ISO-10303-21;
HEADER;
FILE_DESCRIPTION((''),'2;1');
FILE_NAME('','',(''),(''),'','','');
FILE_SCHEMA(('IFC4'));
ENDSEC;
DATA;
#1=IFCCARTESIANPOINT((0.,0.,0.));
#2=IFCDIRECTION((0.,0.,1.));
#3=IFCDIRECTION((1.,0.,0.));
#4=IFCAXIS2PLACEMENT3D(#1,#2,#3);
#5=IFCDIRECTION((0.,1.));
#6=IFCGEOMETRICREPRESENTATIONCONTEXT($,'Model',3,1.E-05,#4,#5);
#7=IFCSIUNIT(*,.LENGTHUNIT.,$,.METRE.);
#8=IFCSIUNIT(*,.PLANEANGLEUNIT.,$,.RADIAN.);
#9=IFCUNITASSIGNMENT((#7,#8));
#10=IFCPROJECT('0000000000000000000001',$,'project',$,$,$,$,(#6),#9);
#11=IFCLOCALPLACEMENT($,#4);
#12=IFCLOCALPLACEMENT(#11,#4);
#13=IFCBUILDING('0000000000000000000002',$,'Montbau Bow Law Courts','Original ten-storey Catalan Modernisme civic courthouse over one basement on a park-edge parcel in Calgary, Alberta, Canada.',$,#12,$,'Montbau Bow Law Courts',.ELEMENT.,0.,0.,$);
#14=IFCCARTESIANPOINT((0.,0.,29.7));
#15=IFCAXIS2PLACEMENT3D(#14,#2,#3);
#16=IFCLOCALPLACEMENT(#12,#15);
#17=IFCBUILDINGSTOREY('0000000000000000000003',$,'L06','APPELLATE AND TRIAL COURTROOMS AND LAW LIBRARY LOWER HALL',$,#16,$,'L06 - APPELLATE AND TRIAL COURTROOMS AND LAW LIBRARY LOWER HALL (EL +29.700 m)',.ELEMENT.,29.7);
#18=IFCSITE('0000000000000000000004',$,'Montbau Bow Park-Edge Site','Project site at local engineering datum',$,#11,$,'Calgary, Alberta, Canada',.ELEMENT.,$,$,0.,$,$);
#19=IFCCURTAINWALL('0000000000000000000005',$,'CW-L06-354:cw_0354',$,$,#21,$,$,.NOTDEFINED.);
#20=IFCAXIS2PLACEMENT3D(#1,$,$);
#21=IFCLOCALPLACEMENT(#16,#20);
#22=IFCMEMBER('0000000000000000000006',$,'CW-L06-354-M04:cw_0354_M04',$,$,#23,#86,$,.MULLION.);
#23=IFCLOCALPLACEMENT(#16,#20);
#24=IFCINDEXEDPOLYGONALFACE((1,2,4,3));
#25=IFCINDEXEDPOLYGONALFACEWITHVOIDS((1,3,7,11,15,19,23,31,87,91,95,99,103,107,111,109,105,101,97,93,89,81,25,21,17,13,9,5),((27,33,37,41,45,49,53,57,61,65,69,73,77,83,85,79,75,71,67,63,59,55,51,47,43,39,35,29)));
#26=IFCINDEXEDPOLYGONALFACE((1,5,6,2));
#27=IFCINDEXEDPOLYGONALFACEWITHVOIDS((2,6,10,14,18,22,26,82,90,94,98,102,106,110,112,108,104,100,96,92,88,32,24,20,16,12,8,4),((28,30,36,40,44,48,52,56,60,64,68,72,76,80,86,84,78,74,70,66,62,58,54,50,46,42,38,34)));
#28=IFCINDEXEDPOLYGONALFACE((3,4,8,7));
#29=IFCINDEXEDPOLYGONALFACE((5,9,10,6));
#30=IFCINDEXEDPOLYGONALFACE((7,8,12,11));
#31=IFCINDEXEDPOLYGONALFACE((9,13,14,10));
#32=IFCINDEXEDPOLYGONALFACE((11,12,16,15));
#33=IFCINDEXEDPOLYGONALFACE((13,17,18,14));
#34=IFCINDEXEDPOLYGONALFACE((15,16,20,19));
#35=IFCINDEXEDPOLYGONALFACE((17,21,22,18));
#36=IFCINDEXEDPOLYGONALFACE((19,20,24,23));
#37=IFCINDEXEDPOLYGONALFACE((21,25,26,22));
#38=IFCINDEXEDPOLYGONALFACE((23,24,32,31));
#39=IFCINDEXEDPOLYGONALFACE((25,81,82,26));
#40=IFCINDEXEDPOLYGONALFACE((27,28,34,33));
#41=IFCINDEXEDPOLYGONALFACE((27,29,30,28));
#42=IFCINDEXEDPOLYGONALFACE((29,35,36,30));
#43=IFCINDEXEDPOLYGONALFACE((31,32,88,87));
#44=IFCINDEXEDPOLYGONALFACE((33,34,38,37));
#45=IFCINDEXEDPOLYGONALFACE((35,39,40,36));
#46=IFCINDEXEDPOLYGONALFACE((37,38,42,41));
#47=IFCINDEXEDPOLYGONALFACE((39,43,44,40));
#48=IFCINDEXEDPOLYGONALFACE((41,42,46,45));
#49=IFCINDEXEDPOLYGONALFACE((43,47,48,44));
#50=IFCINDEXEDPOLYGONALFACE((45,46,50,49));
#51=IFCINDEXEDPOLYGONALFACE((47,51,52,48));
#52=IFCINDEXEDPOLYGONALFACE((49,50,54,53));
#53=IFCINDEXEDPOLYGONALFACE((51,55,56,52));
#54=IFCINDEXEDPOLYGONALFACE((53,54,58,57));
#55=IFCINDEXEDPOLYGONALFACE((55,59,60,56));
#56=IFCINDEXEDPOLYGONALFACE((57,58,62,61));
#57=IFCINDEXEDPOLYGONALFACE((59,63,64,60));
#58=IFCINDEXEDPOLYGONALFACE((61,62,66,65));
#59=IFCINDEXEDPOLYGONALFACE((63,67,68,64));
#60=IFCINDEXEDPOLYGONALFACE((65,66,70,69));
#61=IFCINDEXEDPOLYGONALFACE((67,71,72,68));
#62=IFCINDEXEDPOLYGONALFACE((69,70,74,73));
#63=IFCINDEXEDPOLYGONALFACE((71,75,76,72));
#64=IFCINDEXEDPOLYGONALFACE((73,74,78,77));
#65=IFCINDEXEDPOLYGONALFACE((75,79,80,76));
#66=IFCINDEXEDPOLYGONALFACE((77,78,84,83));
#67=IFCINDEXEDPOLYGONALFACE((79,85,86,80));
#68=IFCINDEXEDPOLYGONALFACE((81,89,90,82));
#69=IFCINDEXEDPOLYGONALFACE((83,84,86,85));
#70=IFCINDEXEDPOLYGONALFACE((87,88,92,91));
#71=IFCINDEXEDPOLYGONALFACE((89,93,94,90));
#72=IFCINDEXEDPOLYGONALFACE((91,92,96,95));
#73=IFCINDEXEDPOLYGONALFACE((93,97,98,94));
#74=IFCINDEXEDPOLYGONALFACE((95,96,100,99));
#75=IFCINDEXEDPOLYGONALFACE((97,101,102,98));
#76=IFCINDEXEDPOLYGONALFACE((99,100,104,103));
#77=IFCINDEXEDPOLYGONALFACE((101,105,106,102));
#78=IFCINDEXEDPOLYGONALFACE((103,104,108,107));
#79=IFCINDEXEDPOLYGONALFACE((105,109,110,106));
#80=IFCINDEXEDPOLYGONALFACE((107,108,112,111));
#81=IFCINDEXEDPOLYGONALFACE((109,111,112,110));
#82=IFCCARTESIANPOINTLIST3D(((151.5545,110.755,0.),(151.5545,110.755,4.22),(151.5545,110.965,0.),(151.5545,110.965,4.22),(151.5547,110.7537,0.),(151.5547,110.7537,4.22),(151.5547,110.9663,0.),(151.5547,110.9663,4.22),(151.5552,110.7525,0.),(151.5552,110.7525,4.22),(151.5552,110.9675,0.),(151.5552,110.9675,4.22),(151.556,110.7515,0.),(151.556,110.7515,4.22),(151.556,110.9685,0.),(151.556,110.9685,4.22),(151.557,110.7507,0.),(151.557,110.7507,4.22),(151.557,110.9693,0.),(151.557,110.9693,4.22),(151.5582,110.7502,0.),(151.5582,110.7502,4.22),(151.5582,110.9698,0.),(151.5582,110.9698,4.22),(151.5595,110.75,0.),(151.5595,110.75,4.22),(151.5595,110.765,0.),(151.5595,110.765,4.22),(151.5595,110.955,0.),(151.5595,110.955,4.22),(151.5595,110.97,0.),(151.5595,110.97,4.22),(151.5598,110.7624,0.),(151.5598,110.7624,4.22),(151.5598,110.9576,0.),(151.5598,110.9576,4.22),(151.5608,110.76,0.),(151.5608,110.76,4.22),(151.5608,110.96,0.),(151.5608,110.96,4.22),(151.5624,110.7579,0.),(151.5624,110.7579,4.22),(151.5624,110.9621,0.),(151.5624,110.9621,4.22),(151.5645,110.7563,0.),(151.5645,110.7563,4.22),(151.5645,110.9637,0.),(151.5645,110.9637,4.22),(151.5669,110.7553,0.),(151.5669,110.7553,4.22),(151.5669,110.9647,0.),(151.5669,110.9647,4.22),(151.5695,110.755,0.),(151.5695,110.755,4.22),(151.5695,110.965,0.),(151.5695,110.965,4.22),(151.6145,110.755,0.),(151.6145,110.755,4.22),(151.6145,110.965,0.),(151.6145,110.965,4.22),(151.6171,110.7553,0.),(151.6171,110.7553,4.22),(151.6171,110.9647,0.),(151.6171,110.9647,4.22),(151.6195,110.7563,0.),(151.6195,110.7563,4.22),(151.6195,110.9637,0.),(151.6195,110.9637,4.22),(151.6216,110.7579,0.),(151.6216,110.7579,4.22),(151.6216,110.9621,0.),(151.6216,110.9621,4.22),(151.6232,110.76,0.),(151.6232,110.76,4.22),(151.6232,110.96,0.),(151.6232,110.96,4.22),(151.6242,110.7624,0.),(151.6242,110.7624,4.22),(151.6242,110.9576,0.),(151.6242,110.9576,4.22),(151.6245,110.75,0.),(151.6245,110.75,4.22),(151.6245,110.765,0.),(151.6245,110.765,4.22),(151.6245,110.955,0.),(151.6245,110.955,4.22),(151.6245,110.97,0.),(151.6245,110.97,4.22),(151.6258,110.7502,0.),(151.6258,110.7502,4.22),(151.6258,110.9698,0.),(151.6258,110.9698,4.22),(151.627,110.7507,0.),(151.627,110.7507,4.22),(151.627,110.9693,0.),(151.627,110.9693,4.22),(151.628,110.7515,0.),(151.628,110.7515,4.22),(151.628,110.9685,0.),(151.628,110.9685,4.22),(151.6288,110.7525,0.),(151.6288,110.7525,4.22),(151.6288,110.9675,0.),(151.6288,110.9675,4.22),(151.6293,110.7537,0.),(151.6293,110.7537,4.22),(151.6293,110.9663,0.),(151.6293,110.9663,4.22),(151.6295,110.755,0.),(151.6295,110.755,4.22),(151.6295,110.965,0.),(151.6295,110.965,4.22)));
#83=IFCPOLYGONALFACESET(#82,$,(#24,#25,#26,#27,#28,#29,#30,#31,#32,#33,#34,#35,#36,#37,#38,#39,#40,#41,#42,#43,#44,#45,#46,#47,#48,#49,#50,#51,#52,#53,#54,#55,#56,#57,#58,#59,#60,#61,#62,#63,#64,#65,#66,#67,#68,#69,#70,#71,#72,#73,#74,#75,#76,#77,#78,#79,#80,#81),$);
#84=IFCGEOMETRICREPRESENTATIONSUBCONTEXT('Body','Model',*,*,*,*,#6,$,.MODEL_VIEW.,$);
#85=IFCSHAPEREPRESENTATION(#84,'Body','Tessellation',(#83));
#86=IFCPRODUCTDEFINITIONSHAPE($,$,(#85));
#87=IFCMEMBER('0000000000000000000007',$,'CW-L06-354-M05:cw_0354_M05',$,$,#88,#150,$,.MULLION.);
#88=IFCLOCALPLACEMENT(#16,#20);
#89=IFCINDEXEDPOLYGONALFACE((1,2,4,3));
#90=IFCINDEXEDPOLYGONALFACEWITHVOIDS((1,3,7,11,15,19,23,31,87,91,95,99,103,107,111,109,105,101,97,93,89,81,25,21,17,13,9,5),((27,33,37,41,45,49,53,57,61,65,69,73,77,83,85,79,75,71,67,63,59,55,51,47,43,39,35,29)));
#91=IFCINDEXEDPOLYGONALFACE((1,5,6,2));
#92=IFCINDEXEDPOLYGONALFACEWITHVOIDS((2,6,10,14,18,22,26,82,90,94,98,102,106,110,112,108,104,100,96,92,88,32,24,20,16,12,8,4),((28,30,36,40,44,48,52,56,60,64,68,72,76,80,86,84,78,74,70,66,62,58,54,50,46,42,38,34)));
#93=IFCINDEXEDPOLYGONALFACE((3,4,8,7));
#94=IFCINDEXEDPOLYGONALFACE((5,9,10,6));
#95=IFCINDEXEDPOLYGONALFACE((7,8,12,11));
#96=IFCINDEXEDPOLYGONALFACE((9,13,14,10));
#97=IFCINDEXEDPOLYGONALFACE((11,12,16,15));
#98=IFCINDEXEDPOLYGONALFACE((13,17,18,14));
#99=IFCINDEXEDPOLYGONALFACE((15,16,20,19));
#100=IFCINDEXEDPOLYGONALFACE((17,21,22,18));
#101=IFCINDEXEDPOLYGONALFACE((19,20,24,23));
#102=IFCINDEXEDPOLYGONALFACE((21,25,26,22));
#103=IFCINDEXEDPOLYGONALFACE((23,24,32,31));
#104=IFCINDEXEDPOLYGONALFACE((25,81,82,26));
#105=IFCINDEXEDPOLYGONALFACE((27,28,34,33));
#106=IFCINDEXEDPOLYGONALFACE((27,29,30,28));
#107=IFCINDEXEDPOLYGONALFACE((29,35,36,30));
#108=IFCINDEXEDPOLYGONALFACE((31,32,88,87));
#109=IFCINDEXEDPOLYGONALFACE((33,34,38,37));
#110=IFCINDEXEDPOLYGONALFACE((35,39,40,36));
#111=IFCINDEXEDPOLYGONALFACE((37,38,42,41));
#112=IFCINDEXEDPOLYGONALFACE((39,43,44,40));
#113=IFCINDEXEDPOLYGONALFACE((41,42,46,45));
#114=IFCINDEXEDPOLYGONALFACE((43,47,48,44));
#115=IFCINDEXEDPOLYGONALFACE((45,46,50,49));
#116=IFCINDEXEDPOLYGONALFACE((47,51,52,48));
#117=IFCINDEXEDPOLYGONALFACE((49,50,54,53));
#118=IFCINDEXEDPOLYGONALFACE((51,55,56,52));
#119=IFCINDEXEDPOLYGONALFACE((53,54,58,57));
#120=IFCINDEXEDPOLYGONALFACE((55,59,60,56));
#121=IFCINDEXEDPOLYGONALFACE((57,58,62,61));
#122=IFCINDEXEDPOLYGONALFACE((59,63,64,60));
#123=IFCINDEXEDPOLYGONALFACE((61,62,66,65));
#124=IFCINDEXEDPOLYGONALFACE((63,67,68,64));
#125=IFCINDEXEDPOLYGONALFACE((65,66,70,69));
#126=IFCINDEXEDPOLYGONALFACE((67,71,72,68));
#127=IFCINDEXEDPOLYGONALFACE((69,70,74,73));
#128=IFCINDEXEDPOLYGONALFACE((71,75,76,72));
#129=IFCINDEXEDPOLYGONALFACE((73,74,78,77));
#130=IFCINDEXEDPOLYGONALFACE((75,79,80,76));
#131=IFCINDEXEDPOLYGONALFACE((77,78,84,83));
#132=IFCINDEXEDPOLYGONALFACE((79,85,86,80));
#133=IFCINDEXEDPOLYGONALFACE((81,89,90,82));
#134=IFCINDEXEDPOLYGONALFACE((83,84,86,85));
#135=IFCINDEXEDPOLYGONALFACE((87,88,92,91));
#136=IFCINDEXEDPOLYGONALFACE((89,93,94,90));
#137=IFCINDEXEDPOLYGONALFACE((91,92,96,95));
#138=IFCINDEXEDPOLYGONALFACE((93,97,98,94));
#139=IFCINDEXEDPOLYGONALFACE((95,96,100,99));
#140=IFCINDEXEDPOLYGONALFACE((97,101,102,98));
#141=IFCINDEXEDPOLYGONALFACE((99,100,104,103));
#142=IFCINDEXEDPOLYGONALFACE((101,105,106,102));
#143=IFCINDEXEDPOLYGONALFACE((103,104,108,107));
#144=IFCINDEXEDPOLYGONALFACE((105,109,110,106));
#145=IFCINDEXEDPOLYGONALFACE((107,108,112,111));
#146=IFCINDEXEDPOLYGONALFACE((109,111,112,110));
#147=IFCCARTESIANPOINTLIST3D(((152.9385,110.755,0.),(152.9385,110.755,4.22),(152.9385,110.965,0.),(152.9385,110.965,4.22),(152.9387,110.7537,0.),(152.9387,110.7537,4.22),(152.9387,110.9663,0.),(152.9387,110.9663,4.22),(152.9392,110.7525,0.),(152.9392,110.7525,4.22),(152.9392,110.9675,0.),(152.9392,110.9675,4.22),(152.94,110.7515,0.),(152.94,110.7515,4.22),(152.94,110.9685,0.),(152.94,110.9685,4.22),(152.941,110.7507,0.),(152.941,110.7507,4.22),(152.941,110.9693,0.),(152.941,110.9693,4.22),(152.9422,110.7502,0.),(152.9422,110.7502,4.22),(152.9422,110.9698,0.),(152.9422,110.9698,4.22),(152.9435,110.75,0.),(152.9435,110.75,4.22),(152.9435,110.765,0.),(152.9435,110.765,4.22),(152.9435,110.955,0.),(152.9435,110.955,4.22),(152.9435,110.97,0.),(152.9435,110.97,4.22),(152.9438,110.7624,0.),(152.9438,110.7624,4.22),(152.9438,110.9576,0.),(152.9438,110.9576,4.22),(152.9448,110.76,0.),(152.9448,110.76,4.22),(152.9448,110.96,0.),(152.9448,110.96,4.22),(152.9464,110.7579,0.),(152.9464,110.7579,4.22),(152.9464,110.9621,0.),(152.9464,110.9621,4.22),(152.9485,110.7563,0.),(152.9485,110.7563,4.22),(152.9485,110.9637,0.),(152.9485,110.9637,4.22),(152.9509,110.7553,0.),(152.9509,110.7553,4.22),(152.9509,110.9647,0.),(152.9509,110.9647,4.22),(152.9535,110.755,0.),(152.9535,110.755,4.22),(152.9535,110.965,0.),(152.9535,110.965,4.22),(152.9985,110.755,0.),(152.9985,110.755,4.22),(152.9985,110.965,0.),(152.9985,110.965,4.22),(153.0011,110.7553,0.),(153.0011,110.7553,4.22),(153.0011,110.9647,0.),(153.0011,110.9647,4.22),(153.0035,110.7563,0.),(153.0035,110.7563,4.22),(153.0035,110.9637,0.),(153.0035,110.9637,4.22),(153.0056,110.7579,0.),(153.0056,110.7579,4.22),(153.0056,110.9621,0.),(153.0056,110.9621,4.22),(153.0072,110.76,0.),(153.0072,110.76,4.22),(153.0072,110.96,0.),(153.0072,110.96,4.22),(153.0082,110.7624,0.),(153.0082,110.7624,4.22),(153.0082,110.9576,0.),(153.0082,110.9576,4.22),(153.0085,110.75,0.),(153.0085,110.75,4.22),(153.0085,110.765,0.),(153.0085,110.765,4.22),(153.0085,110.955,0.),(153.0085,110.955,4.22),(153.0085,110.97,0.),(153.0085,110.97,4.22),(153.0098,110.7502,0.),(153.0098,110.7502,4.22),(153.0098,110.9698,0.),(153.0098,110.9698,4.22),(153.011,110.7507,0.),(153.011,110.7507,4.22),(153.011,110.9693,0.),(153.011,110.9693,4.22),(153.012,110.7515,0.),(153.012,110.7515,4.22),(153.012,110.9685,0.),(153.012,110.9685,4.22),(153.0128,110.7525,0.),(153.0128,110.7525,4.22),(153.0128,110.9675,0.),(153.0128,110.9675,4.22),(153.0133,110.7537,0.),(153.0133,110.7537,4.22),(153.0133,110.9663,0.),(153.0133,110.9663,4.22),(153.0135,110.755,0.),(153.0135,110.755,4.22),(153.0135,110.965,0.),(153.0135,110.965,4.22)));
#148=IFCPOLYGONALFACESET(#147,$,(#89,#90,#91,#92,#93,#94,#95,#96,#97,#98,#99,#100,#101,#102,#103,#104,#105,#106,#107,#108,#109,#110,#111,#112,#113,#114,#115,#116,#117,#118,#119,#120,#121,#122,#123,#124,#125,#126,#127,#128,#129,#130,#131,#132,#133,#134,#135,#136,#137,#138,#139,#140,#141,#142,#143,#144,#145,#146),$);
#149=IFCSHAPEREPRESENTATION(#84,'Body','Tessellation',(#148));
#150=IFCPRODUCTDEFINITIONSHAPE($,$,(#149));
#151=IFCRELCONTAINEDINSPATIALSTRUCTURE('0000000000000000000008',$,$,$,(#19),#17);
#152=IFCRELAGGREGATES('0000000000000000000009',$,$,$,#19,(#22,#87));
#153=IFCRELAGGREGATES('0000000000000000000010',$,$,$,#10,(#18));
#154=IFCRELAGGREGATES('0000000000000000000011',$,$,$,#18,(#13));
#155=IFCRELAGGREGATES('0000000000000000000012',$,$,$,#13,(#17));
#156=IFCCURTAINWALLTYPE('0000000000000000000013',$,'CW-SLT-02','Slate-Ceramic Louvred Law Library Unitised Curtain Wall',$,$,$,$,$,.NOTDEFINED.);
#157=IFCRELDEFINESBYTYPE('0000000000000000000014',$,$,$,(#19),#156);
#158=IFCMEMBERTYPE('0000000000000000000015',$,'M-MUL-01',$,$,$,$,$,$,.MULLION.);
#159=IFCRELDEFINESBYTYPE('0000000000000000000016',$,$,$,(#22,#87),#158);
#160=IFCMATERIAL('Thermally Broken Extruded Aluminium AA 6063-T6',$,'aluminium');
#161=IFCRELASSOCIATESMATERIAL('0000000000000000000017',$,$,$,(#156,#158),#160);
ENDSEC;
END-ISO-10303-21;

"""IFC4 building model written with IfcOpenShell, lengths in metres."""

from ifc_helpers import new_model, si_unit, direction, frame, origin_with_axes, origin_2d_with_axis, place, context, subcontext, project, spatial, hollow_rectangle, extrude, material, material_profile, profile_set, type_object, element, aggregate, save


model = new_model("IFC4")

# Units and contexts
model_context = context("Model", 3, precision=1e-05, world=origin_with_axes(), true_north=direction((0.0, 1.0)))
body_context = subcontext(model_context, "Body", "Model", "MODEL_VIEW")
ifc_project = project(units=[si_unit("LENGTHUNIT", "METRE"), si_unit("PLANEANGLEUNIT", "RADIAN")], contexts=[model_context])

# Site, building, storey
site_placement = place(None, origin_with_axes())
site = spatial("IfcSite", under=ifc_project, at=site_placement, Name="Montbau Bow Park-Edge Site", Description="Project site at local engineering datum", LongName="Calgary, Alberta, Canada", CompositionType="ELEMENT", RefElevation=0.0)
building_placement = place(site_placement, origin_with_axes())
building = spatial("IfcBuilding", under=site, at=building_placement, Name="Montbau Bow Law Courts", Description="Original ten-storey Catalan Modernisme civic courthouse over one basement on a park-edge parcel in Calgary, Alberta, Canada.", LongName="Montbau Bow Law Courts", CompositionType="ELEMENT", ElevationOfRefHeight=0.0, ElevationOfTerrain=0.0)
storey_placement = place(building_placement, frame((0.0, 0.0, 29.7), z_axis=(0.0, 0.0, 1.0), x_axis=(1.0, 0.0, 0.0)))
storey = spatial("IfcBuildingStorey", under=building, at=storey_placement, Name="L06", Description="APPELLATE AND TRIAL COURTROOMS AND LAW LIBRARY LOWER HALL", LongName="L06 - APPELLATE AND TRIAL COURTROOMS AND LAW LIBRARY LOWER HALL (EL +29.700 m)", CompositionType="ELEMENT", Elevation=29.7)

# Curtain wall, members
ifc_material_1 = material(Name="Thermally Broken Extruded Aluminium AA 6063-T6", Category="aluminium")
curtain_wall_type = type_object("IfcCurtainWallType", Name="CW-SLT-02", Description="Slate-Ceramic Louvred Law Library Unitised Curtain Wall", PredefinedType="NOTDEFINED", material=ifc_material_1)
curtain_wall_placement = place(None, frame((147.44, 110.86, 29.7), z_axis=(0.0, 0.0, 1.0), x_axis=(1.0, 0.0, 0.0)))
curtain_wall = element("IfcCurtainWall", 1, at=curtain_wall_placement, inside=storey, type_object=curtain_wall_type, Name="CW-L06-354:cw_0354", PredefinedType="NOTDEFINED")
ifc_material_profile_1 = material_profile(ifc_material_1, hollow_rectangle(XDim=0.075, YDim=0.22, WallThickness=0.005, InnerFilletRadius=0.01, OuterFilletRadius=0.005, at=origin_2d_with_axis()), Name="CWM-220X75", Category="Main", Priority=0)
ifc_profile_set_1 = profile_set([ifc_material_profile_1], Name="Thermally Broken Extruded Aluminium AA 6063-T6")
member_type_1 = type_object("IfcMemberType", Name="M-MUL-01", PredefinedType="MULLION", material=ifc_profile_set_1)
member_1_placement = place(None, frame((151.592, 110.86, 29.7), z_axis=(0.0, 0.0, 1.0), x_axis=(1.0, 0.0, 0.0)))
member_1 = element("IfcMember", 2, at=member_1_placement, type_object=member_type_1, Name="CW-L06-354-M04:cw_0354_M04", PredefinedType="MULLION", context=body_context, shape_type="SweptSolid", body=[
    extrude(hollow_rectangle(XDim=0.075, YDim=0.22, WallThickness=0.005, InnerFilletRadius=0.01, OuterFilletRadius=0.005, at=origin_2d_with_axis()), origin_with_axes(), (0.0, 0.0, 1.0), 4.22),
])
member_2_placement = place(None, frame((152.976, 110.86, 29.7), z_axis=(0.0, 0.0, 1.0), x_axis=(1.0, 0.0, 0.0)))
member_2 = element("IfcMember", 3, at=member_2_placement, type_object=member_type_1, Name="CW-L06-354-M05:cw_0354_M05", PredefinedType="MULLION", context=body_context, shape_type="SweptSolid", body=[
    extrude(hollow_rectangle(XDim=0.075, YDim=0.22, WallThickness=0.005, InnerFilletRadius=0.01, OuterFilletRadius=0.005, at=origin_2d_with_axis()), origin_with_axes(), (0.0, 0.0, 1.0), 4.22),
])
aggregate(curtain_wall, [member_1, member_2])

save(model, "model.ifc")
